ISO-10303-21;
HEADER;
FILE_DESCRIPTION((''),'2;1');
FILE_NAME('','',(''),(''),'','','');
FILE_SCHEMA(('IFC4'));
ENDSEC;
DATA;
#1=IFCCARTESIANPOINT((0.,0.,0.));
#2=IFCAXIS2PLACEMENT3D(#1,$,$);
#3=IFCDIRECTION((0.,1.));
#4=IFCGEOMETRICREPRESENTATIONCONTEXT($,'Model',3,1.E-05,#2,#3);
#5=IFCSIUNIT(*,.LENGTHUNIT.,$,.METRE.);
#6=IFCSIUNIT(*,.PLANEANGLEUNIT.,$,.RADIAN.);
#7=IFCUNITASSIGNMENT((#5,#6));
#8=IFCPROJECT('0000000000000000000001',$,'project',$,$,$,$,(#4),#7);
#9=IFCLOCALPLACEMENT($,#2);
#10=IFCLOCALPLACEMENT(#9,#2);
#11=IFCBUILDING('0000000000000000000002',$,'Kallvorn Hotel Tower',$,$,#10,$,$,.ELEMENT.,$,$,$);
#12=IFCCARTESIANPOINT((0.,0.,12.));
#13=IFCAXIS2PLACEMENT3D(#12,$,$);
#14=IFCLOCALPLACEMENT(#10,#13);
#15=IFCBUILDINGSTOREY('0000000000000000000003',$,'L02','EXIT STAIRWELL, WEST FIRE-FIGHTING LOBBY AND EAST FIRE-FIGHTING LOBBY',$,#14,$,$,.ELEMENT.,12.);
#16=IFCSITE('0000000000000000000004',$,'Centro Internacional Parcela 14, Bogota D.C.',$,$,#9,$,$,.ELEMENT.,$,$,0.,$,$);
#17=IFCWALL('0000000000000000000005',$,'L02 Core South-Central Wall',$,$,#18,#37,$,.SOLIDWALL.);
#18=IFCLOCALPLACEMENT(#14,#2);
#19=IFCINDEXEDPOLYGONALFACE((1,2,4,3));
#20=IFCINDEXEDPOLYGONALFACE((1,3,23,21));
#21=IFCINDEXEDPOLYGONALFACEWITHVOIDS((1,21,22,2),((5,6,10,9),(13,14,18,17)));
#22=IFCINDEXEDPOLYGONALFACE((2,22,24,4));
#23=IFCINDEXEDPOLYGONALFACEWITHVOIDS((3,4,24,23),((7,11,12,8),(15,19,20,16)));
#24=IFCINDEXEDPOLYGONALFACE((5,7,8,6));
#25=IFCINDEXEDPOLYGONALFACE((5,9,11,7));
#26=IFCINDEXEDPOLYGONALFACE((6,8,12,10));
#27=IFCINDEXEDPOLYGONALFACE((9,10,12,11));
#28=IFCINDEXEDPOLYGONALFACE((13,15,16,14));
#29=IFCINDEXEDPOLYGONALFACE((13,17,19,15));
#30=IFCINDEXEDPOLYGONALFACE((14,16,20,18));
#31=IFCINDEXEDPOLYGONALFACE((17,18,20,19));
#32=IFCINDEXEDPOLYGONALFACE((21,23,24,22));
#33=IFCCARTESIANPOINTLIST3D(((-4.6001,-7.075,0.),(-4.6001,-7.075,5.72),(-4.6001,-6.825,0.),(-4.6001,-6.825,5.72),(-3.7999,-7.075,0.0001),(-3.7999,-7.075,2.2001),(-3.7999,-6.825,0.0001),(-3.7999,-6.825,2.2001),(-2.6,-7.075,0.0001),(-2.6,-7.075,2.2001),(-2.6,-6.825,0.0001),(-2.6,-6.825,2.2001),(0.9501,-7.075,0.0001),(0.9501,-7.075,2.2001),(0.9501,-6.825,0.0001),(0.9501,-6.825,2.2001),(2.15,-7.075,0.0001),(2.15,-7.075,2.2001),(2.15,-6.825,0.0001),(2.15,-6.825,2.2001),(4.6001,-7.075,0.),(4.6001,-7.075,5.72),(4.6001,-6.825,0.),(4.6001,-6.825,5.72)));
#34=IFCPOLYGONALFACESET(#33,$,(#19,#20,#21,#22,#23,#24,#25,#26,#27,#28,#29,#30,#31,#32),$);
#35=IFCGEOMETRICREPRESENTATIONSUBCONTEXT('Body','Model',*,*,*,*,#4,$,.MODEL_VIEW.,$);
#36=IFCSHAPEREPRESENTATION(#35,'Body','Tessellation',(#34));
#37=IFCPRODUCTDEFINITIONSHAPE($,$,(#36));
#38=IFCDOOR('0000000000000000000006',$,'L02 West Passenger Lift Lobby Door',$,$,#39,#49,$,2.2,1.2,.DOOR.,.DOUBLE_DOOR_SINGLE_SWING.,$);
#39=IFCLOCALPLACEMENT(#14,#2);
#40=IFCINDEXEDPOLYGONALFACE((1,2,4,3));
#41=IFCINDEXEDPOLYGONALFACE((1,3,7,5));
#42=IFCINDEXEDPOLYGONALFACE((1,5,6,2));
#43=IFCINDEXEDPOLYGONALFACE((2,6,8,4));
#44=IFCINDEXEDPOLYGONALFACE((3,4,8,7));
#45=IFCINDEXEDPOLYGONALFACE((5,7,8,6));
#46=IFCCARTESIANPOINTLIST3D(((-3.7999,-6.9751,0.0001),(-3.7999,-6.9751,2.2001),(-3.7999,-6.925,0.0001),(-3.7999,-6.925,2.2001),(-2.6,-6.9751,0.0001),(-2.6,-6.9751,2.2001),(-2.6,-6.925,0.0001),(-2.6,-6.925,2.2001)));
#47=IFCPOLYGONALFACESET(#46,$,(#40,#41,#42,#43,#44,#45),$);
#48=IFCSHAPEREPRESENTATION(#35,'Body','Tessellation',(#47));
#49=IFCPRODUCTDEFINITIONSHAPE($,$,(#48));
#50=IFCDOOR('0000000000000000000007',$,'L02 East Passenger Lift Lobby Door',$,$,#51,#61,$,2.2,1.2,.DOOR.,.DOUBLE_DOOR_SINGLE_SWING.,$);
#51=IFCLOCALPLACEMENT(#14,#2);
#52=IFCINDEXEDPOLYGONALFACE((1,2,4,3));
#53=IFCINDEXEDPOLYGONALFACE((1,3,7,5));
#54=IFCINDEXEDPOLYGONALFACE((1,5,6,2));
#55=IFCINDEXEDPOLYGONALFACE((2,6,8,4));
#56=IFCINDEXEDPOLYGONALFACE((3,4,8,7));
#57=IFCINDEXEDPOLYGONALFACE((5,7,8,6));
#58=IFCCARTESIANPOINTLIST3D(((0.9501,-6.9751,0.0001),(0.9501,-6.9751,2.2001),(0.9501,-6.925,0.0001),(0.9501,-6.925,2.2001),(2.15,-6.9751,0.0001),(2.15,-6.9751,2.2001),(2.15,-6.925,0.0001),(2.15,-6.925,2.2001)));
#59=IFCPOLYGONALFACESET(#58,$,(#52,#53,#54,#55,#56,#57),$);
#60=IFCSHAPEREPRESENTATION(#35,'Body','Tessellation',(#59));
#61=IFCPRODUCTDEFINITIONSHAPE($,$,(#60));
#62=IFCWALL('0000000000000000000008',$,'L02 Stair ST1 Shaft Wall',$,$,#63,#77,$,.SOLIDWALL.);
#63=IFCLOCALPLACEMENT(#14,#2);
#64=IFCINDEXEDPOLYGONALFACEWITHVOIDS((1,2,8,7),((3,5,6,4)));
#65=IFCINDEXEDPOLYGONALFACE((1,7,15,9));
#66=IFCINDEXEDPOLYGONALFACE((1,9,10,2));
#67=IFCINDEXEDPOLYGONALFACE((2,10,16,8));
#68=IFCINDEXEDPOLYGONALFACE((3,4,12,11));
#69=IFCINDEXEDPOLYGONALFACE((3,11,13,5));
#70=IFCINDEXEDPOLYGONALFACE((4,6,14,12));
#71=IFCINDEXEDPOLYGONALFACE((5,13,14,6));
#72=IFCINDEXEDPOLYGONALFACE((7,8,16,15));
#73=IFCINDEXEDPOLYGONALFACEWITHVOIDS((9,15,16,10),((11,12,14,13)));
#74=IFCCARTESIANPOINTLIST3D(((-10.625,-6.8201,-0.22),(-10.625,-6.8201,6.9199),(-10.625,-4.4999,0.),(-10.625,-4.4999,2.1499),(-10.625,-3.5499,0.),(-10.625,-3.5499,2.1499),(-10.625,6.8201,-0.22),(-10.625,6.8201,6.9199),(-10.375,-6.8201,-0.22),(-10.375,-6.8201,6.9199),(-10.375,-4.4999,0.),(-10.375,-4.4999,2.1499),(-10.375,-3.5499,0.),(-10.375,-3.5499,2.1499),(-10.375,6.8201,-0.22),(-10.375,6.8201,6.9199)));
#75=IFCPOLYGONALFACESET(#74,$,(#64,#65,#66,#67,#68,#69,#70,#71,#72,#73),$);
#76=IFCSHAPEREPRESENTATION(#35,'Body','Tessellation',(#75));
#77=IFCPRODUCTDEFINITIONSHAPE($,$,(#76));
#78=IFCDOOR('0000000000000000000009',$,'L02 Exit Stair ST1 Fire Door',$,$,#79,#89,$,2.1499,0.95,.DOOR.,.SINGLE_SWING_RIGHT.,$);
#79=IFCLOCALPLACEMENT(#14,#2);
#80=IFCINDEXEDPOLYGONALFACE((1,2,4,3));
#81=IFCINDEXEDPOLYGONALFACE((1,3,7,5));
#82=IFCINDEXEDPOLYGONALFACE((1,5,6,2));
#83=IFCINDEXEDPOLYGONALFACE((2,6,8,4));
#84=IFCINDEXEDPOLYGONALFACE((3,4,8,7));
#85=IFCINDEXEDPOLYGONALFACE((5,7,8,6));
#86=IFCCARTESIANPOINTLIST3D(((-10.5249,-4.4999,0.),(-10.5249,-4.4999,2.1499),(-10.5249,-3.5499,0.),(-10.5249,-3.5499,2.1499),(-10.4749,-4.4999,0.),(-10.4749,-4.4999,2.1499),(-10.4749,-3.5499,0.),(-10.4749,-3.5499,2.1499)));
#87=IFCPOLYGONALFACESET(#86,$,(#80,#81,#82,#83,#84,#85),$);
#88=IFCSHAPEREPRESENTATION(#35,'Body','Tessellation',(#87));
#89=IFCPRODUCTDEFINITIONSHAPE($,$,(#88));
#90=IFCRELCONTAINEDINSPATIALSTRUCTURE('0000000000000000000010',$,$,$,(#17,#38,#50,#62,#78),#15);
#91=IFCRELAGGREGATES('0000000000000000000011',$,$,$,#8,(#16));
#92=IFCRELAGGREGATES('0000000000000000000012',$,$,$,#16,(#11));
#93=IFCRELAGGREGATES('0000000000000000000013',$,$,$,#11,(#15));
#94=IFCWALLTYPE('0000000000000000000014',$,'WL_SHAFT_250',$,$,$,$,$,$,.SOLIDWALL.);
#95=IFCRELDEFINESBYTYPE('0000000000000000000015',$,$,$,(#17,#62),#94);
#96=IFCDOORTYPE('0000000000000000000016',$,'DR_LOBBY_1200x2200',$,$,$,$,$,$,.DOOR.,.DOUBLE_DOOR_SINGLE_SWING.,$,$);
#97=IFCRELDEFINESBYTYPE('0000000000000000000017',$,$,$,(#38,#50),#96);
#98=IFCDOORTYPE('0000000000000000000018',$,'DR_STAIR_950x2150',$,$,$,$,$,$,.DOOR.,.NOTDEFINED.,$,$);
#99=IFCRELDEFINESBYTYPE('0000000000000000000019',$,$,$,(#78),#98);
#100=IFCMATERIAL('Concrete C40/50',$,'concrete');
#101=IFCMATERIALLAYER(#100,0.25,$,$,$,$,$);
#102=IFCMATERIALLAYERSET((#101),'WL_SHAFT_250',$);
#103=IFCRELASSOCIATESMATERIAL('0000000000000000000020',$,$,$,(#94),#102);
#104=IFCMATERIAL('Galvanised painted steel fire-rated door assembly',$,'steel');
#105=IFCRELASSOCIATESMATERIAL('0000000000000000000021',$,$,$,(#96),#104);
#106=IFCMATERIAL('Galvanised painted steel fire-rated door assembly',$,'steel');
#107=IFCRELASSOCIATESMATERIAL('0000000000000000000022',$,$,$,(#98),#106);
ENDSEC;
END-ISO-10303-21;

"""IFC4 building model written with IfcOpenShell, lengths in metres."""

from ifc_helpers import new_model, si_unit, direction, frame, frame_2d, origin, place, context, subcontext, project, spatial, rectangle, extrude, material, layer, layer_set, type_object, element, fill, save


model = new_model("IFC4")

# Units and contexts
model_context = context("Model", 3, precision=1e-05, world=origin(), true_north=direction((0.0, 1.0)))
body_context = subcontext(model_context, "Body", "Model", "MODEL_VIEW")
ifc_project = project(units=[si_unit("LENGTHUNIT", "METRE"), si_unit("PLANEANGLEUNIT", "RADIAN")], contexts=[model_context])

# Site, building, storey
site_placement = place(None, origin())
site = spatial("IfcSite", under=ifc_project, at=site_placement, Name="Centro Internacional Parcela 14, Bogota D.C.", CompositionType="ELEMENT", RefElevation=0.0)
building_placement = place(site_placement, origin())
building = spatial("IfcBuilding", under=site, at=building_placement, Name="Kallvorn Hotel Tower", CompositionType="ELEMENT")
storey_placement = place(building_placement, frame((0.0, 0.0, 12.0)))
storey = spatial("IfcBuildingStorey", under=building, at=storey_placement, Name="L02", Description="EXIT STAIRWELL, WEST FIRE-FIGHTING LOBBY AND EAST FIRE-FIGHTING LOBBY", CompositionType="ELEMENT", Elevation=12.0)

# Wall, openings, doors
ifc_material_1 = material(Name="Concrete C40/50", Category="concrete")
ifc_layer_1 = layer(ifc_material_1, 0.25)
ifc_layer_set_1 = layer_set([ifc_layer_1], Name="WL_SHAFT_250")
wall_type_1 = type_object("IfcWallType", Name="WL_SHAFT_250", PredefinedType="SOLIDWALL", material=ifc_layer_set_1)
wall_1_placement = place(storey_placement, frame((-4.6001, -6.95, 0.0), z_axis=(0.0, 0.0, 1.0), x_axis=(1.0, 0.0, 0.0)))
wall_1 = element("IfcWall", 1, at=wall_1_placement, inside=storey, type_object=wall_type_1, Name="L02 Core South-Central Wall", PredefinedType="SOLIDWALL", context=body_context, shape_type="SweptSolid", body=[
    extrude(rectangle(XDim=9.2002, YDim=0.25, at=frame_2d((4.6001, 0.0))), origin(), (0.0, 0.0, 1.0), 5.72),
])
opening_1_placement = place(wall_1_placement, frame((0.8, 0.0, 0.0)))
opening_1 = element("IfcOpeningElement", 2, at=opening_1_placement, cuts=wall_1, PredefinedType="OPENING", context=body_context, shape_type="SweptSolid", body=[
    extrude(rectangle(XDim=1.2, YDim=2.2, at=frame_2d((0.6001, 1.1001))), frame((0.0, 0.1399, 0.0), z_axis=(0.0, -1.0, 0.0), x_axis=(1.0, 0.0, 0.0)), (0.0, 0.0, 1.0), 0.28),
])
opening_2_placement = place(wall_1_placement, frame((5.55, 0.0, 0.0)))
opening_2 = element("IfcOpeningElement", 3, at=opening_2_placement, cuts=wall_1, PredefinedType="OPENING", context=body_context, shape_type="SweptSolid", body=[
    extrude(rectangle(XDim=1.2, YDim=2.2, at=frame_2d((0.6001, 1.1001))), frame((0.0, 0.1399, 0.0), z_axis=(0.0, -1.0, 0.0), x_axis=(1.0, 0.0, 0.0)), (0.0, 0.0, 1.0), 0.28),
])
ifc_material_2 = material(Name="Galvanised painted steel fire-rated door assembly", Category="steel")
door_type_1 = type_object("IfcDoorType", Name="DR_LOBBY_1200x2200", OperationType="DOUBLE_DOOR_SINGLE_SWING", PredefinedType="DOOR", material=ifc_material_2)
door_1_placement = place(opening_1_placement, origin())
door_1 = element("IfcDoor", 4, at=door_1_placement, inside=storey, type_object=door_type_1, Name="L02 West Passenger Lift Lobby Door", OperationType="DOUBLE_DOOR_SINGLE_SWING", OverallHeight=2.2, OverallWidth=1.2, PredefinedType="DOOR", context=body_context, shape_type="SweptSolid", body=[
    extrude(rectangle(XDim=1.2, YDim=2.2, at=frame_2d((0.6001, 1.1001))), frame((0.0, 0.0249, 0.0), z_axis=(0.0, -1.0, 0.0), x_axis=(1.0, 0.0, 0.0)), (0.0, 0.0, 1.0), 0.05),
])
fill(opening_1, door_1)
door_2_placement = place(opening_2_placement, origin())
door_2 = element("IfcDoor", 5, at=door_2_placement, inside=storey, type_object=door_type_1, Name="L02 East Passenger Lift Lobby Door", OperationType="DOUBLE_DOOR_SINGLE_SWING", OverallHeight=2.2, OverallWidth=1.2, PredefinedType="DOOR", context=body_context, shape_type="SweptSolid", body=[
    extrude(rectangle(XDim=1.2, YDim=2.2, at=frame_2d((0.6001, 1.1001))), frame((0.0, 0.0249, 0.0), z_axis=(0.0, -1.0, 0.0), x_axis=(1.0, 0.0, 0.0)), (0.0, 0.0, 1.0), 0.05),
])
fill(opening_2, door_2)

# Wall, opening, door
wall_2_placement = place(storey_placement, frame((-10.5, -6.8201, -0.22), z_axis=(0.0, 0.0, 1.0), x_axis=(0.0, 1.0, 0.0)))
wall_2 = element("IfcWall", 6, at=wall_2_placement, inside=storey, type_object=wall_type_1, Name="L02 Stair ST1 Shaft Wall", PredefinedType="SOLIDWALL", context=body_context, shape_type="SweptSolid", body=[
    extrude(rectangle(XDim=13.6401, YDim=0.25, at=frame_2d((6.8201, 0.0))), origin(), (0.0, 0.0, 1.0), 7.1399),
])
opening_3_placement = place(wall_2_placement, frame((2.3201, 0.0, 0.22)))
opening_3 = element("IfcOpeningElement", 7, at=opening_3_placement, cuts=wall_2, PredefinedType="OPENING", context=body_context, shape_type="SweptSolid", body=[
    extrude(rectangle(XDim=0.95, YDim=2.1499, at=frame_2d((0.4751, 1.075))), frame((0.0, 0.1399, 0.0), z_axis=(0.0, -1.0, 0.0), x_axis=(1.0, 0.0, 0.0)), (0.0, 0.0, 1.0), 0.28),
])
ifc_material_3 = material(Name="Galvanised painted steel fire-rated door assembly", Category="steel")
door_type_2 = type_object("IfcDoorType", Name="DR_STAIR_950x2150", OperationType="NOTDEFINED", PredefinedType="DOOR", material=ifc_material_3)
door_3_placement = place(opening_3_placement, origin())
door_3 = element("IfcDoor", 8, at=door_3_placement, inside=storey, type_object=door_type_2, Name="L02 Exit Stair ST1 Fire Door", OperationType="SINGLE_SWING_RIGHT", OverallHeight=2.1499, OverallWidth=0.95, PredefinedType="DOOR", context=body_context, shape_type="SweptSolid", body=[
    extrude(rectangle(XDim=0.95, YDim=2.1499, at=frame_2d((0.4751, 1.075))), frame((0.0, 0.0249, 0.0), z_axis=(0.0, -1.0, 0.0), x_axis=(1.0, 0.0, 0.0)), (0.0, 0.0, 1.0), 0.05),
])
fill(opening_3, door_3)

save(model, "model.ifc")
